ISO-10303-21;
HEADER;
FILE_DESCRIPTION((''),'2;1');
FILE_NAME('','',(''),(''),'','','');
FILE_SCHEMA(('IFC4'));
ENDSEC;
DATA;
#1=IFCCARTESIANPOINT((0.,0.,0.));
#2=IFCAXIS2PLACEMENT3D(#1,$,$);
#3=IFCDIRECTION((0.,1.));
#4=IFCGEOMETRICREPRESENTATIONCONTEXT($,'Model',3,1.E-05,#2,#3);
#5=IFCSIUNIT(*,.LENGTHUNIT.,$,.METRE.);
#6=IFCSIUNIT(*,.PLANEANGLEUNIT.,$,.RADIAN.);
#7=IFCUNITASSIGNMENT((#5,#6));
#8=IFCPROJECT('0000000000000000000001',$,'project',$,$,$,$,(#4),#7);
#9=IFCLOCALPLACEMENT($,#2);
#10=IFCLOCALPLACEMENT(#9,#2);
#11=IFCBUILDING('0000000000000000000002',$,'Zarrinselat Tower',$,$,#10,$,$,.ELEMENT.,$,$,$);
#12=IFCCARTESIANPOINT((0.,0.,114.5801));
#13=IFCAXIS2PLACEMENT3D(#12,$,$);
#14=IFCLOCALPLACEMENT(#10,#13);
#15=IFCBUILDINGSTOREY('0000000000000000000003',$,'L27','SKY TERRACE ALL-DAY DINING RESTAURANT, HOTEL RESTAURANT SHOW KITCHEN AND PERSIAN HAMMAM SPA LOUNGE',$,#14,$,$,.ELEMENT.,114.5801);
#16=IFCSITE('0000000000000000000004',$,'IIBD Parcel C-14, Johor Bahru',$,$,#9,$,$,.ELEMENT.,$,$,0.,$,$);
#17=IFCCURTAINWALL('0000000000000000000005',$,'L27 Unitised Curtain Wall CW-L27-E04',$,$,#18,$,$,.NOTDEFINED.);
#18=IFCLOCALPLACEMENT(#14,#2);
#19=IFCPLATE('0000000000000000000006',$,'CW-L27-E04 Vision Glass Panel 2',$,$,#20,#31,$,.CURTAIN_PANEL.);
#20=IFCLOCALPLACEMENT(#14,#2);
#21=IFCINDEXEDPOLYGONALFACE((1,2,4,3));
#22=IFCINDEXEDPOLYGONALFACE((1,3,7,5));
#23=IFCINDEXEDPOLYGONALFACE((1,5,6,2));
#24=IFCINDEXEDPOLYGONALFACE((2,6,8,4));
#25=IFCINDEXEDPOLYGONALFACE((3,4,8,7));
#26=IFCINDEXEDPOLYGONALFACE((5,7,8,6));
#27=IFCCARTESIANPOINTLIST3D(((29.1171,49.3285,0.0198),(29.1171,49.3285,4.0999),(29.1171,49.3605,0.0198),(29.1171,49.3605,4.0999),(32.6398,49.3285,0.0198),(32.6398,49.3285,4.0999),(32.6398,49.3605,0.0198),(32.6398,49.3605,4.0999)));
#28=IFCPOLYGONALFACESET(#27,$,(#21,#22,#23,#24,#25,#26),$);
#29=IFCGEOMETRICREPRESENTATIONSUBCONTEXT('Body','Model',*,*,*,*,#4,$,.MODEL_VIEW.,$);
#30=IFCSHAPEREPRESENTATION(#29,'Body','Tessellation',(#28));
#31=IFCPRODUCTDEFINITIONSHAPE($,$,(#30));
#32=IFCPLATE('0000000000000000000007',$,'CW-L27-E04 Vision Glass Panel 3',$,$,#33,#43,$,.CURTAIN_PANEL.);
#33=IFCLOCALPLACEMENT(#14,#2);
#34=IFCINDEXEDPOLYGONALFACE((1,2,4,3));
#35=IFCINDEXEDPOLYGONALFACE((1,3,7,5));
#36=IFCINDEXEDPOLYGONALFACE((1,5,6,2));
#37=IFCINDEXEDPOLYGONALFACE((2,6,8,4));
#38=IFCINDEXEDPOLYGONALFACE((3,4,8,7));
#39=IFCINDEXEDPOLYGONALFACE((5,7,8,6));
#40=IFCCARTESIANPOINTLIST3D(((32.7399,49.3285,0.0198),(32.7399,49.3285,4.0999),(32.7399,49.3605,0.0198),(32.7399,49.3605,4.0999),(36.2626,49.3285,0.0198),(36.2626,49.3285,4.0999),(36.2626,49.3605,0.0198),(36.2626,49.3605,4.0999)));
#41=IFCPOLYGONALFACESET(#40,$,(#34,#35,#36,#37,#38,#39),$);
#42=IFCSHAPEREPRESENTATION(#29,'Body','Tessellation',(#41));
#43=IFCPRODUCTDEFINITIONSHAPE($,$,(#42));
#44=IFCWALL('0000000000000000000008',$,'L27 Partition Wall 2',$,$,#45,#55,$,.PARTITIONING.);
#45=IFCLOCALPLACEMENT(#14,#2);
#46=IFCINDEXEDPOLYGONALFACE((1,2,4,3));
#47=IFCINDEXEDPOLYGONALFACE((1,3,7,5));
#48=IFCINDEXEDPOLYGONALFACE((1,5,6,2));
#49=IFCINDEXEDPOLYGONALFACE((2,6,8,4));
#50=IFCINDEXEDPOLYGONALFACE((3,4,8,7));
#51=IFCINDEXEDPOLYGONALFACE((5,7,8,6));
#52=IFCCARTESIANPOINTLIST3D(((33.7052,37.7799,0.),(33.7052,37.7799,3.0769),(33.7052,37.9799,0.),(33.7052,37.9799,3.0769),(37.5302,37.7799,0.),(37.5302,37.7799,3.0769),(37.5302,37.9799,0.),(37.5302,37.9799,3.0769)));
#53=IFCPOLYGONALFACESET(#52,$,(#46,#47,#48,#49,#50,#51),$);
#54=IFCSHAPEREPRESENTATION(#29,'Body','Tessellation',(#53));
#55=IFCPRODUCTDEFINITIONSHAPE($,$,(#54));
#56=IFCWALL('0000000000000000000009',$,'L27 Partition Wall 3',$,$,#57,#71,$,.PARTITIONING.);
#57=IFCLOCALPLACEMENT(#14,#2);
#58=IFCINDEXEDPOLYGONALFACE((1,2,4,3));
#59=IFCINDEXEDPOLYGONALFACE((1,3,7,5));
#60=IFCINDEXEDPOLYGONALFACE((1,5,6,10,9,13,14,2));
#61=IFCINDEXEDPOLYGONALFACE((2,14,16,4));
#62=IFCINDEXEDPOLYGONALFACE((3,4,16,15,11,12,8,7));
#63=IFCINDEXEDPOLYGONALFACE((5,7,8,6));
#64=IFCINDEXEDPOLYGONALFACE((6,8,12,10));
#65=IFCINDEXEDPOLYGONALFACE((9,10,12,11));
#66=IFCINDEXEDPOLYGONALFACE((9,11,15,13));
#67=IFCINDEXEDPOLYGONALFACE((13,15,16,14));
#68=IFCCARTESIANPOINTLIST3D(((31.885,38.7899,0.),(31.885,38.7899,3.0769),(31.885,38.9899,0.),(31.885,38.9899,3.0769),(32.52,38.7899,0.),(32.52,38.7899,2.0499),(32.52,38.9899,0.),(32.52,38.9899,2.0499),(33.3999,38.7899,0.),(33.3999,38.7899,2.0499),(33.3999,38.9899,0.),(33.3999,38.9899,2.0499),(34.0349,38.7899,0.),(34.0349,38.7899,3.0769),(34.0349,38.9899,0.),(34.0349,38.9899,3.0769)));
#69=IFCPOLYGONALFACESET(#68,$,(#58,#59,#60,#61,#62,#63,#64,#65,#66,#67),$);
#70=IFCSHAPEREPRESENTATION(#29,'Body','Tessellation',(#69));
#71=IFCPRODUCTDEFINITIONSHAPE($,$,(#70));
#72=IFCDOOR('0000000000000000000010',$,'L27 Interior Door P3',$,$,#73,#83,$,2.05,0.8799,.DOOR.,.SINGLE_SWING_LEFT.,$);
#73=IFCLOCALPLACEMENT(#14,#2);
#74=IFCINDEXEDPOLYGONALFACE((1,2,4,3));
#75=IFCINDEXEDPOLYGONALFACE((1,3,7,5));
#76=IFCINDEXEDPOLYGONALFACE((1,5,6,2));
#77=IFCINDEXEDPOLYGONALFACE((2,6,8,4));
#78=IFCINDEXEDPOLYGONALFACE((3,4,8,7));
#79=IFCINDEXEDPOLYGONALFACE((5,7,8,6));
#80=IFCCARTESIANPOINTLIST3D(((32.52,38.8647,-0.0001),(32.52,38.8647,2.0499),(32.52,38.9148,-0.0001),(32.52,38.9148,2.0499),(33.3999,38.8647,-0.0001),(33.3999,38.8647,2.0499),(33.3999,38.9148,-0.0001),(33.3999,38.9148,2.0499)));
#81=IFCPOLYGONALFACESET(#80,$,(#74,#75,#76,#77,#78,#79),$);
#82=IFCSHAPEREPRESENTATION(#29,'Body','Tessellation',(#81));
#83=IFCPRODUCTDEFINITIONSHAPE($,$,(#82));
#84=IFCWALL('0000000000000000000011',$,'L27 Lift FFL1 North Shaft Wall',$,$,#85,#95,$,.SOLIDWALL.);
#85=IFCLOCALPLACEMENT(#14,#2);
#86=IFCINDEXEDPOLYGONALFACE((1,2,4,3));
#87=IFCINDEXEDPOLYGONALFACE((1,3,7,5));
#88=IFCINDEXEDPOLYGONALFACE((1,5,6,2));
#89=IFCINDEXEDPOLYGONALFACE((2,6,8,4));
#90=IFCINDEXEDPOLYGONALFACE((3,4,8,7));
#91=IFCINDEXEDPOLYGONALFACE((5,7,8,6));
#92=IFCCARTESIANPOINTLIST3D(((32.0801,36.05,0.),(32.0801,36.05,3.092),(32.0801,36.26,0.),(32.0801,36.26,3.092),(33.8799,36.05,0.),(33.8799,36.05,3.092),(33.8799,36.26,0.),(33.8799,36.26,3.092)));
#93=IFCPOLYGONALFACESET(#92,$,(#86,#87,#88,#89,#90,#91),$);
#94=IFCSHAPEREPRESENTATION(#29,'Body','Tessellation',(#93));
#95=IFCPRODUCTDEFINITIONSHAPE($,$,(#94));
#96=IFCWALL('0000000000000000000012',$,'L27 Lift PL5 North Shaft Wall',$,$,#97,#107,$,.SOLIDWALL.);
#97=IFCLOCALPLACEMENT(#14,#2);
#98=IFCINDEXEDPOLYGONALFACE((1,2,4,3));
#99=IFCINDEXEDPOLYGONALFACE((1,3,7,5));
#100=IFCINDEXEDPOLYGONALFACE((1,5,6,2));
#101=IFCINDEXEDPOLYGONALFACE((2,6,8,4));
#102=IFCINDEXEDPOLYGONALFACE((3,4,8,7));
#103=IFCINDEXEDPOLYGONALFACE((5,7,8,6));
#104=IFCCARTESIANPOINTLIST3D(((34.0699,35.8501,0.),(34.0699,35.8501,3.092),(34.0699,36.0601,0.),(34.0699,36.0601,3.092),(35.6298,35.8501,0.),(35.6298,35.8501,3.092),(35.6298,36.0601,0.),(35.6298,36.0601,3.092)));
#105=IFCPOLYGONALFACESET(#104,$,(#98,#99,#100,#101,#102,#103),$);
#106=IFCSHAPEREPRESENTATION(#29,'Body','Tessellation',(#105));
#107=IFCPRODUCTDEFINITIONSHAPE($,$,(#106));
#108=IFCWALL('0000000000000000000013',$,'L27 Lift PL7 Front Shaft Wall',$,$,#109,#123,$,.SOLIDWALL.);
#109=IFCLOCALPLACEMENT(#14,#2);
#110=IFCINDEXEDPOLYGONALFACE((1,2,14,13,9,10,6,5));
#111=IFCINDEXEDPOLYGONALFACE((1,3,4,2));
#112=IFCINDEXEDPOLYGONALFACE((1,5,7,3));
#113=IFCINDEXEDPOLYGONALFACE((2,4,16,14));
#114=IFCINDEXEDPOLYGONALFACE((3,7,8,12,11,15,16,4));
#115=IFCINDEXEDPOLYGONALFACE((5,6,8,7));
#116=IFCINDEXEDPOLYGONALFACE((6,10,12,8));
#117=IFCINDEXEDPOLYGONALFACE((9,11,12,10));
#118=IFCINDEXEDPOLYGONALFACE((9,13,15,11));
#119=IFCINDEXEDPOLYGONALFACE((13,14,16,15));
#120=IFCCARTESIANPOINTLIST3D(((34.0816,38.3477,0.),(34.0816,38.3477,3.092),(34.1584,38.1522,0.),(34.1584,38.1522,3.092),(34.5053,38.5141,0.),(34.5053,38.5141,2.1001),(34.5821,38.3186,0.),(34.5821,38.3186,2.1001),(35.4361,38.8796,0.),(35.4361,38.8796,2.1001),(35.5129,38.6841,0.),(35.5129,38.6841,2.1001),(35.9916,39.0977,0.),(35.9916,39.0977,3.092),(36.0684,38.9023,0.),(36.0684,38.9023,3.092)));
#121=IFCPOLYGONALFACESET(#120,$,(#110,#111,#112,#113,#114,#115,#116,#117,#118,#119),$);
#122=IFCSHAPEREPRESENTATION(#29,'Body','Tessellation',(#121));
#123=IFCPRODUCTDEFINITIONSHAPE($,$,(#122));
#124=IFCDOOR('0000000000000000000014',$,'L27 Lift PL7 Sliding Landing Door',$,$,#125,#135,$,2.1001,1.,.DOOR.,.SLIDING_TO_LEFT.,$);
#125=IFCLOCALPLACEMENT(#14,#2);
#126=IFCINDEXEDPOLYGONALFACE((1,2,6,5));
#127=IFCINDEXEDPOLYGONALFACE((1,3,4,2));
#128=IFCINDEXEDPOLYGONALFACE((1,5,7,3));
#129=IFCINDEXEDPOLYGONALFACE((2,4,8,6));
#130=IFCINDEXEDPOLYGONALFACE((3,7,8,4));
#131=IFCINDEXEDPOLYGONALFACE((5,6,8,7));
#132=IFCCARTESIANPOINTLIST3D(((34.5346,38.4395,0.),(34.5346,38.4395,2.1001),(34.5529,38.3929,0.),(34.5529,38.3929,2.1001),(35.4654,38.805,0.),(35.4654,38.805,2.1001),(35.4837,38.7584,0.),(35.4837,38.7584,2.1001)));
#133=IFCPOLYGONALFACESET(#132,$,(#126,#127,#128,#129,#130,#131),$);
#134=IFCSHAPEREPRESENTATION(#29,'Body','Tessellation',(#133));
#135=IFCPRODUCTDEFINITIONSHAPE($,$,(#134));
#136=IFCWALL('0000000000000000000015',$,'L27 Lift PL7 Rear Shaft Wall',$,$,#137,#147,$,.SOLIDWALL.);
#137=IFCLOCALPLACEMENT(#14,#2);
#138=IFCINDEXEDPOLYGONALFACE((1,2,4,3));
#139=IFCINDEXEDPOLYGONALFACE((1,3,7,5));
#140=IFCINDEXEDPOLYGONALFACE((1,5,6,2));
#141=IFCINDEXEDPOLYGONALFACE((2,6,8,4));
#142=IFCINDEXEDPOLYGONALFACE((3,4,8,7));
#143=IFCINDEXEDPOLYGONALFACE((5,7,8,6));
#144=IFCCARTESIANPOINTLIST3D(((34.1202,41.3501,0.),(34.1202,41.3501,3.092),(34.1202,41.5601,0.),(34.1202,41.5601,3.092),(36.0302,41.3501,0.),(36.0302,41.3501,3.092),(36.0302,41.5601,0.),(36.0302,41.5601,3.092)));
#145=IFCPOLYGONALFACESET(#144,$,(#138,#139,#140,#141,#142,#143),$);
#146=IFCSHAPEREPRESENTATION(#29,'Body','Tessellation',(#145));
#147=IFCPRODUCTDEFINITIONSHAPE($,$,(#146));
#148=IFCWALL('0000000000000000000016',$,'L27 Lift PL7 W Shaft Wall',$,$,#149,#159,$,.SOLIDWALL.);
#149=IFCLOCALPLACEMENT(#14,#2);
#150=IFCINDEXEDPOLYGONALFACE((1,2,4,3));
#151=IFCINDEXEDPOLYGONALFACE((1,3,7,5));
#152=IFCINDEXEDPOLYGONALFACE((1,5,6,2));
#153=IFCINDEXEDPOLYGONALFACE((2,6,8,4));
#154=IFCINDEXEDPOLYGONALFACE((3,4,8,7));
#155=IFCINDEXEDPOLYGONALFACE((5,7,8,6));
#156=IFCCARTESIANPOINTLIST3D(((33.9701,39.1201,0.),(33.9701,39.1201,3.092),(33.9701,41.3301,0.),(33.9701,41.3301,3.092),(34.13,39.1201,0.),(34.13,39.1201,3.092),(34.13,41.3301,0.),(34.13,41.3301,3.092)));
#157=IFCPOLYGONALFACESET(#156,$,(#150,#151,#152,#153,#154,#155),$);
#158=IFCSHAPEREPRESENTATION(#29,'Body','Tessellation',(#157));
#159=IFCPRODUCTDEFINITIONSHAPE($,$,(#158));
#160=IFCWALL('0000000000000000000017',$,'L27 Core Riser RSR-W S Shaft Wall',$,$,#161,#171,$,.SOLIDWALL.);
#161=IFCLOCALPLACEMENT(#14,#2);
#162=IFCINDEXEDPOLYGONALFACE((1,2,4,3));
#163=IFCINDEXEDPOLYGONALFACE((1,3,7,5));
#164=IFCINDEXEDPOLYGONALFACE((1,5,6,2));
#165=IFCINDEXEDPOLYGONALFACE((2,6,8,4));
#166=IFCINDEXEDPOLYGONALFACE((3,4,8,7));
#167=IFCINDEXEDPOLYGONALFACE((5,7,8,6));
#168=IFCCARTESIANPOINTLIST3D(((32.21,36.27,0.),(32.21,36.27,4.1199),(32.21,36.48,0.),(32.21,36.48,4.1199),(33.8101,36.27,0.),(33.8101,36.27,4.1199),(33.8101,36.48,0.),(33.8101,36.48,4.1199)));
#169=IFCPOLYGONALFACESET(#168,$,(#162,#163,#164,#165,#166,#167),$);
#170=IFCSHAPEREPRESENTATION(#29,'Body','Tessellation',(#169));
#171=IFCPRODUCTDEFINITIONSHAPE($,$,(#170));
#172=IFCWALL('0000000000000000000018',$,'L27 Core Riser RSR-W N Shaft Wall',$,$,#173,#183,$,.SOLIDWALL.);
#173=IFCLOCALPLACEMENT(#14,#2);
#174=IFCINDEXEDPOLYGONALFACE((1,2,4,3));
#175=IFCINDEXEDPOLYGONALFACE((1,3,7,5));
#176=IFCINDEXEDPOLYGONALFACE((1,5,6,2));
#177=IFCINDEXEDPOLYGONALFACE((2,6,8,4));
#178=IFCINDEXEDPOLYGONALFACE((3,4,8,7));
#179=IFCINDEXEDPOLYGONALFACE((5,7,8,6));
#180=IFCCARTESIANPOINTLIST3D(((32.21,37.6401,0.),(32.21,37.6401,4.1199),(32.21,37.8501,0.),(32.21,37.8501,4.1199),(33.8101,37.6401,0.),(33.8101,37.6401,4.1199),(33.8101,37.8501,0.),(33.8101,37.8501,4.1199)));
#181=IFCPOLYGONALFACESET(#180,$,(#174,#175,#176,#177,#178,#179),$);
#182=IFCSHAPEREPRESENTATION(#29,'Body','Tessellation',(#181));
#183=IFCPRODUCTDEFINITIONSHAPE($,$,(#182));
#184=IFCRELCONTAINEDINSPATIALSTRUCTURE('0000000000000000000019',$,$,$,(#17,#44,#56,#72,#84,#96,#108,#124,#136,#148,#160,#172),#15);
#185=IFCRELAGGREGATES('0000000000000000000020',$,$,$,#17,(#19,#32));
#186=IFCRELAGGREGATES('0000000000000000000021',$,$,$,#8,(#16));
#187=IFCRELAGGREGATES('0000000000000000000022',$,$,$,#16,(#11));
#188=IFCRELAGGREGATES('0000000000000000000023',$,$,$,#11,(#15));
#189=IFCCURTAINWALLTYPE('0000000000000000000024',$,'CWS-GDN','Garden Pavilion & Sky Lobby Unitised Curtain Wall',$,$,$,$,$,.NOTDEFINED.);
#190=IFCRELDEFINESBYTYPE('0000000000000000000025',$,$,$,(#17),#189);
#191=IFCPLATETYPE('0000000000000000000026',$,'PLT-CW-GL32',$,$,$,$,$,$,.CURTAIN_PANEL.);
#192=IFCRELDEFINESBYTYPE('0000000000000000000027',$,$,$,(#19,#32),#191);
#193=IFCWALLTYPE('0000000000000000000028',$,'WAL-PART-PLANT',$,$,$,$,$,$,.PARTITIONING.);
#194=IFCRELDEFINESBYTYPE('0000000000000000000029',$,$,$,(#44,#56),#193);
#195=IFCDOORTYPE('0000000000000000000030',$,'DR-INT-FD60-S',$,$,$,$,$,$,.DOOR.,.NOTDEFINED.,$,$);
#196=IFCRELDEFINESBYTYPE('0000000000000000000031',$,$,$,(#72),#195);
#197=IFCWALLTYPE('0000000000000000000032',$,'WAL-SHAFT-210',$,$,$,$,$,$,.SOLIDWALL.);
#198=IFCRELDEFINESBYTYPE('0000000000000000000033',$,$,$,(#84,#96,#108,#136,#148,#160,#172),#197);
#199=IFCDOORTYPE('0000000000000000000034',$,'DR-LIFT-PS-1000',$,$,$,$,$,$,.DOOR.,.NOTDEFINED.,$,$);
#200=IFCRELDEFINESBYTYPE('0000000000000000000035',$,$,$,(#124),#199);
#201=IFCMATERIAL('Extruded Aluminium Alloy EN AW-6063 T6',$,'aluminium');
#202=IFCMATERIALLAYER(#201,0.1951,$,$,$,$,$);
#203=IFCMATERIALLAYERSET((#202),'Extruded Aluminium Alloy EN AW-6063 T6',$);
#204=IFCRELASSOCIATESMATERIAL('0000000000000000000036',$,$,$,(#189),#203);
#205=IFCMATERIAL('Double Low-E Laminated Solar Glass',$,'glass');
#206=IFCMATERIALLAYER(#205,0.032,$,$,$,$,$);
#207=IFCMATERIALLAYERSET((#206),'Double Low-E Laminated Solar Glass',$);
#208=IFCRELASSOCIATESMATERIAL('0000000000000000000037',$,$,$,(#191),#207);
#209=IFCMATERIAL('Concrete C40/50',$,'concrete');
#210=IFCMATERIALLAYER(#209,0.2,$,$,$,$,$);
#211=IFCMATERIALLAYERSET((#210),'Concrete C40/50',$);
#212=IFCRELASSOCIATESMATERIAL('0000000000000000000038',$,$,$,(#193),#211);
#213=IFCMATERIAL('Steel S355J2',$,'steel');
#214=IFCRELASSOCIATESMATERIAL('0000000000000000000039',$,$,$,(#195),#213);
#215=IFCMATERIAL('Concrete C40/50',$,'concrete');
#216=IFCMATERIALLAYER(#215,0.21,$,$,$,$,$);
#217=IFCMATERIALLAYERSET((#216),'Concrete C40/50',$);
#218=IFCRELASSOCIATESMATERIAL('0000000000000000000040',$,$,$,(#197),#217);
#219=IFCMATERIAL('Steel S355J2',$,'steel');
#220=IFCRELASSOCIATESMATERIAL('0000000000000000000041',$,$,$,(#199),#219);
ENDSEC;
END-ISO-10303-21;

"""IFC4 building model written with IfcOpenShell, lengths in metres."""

from ifc_helpers import new_model, si_unit, direction, frame, frame_2d, origin, origin_2d, place, context, subcontext, project, spatial, rectangle, extrude, material, layer, layer_set, type_object, element, fill, aggregate, save


model = new_model("IFC4")

# Units and contexts
model_context = context("Model", 3, precision=1e-05, world=origin(), true_north=direction((0.0, 1.0)))
body_context = subcontext(model_context, "Body", "Model", "MODEL_VIEW")
ifc_project = project(units=[si_unit("LENGTHUNIT", "METRE"), si_unit("PLANEANGLEUNIT", "RADIAN")], contexts=[model_context])

# Site, building, storey
site_placement = place(None, origin())
site = spatial("IfcSite", under=ifc_project, at=site_placement, Name="IIBD Parcel C-14, Johor Bahru", CompositionType="ELEMENT", RefElevation=0.0)
building_placement = place(site_placement, origin())
building = spatial("IfcBuilding", under=site, at=building_placement, Name="Zarrinselat Tower", CompositionType="ELEMENT")
storey_placement = place(building_placement, frame((0.0, 0.0, 114.5801)))
storey = spatial("IfcBuildingStorey", under=building, at=storey_placement, Name="L27", Description="SKY TERRACE ALL-DAY DINING RESTAURANT, HOTEL RESTAURANT SHOW KITCHEN AND PERSIAN HAMMAM SPA LOUNGE", CompositionType="ELEMENT", Elevation=114.5801)

# Curtain wall, plates
ifc_material_1 = material(Name="Extruded Aluminium Alloy EN AW-6063 T6", Category="aluminium")
ifc_layer_1 = layer(ifc_material_1, 0.1951)
ifc_layer_set_1 = layer_set([ifc_layer_1], Name="Extruded Aluminium Alloy EN AW-6063 T6")
curtain_wall_type = type_object("IfcCurtainWallType", Name="CWS-GDN", Description="Garden Pavilion & Sky Lobby Unitised Curtain Wall", PredefinedType="NOTDEFINED", material=ifc_layer_set_1)
curtain_wall_placement = place(storey_placement, origin())
curtain_wall = element("IfcCurtainWall", 1, at=curtain_wall_placement, inside=storey, type_object=curtain_wall_type, Name="L27 Unitised Curtain Wall CW-L27-E04", PredefinedType="NOTDEFINED")
ifc_material_2 = material(Name="Double Low-E Laminated Solar Glass", Category="glass")
ifc_layer_2 = layer(ifc_material_2, 0.032)
ifc_layer_set_2 = layer_set([ifc_layer_2], Name="Double Low-E Laminated Solar Glass")
plate_type = type_object("IfcPlateType", Name="PLT-CW-GL32", PredefinedType="CURTAIN_PANEL", material=ifc_layer_set_2)
plate_1_placement = place(storey_placement, frame((30.8784, 49.3445, 0.0198), z_axis=(0.0, 0.0, 1.0), x_axis=(1.0, 0.0, 0.0)))
plate_1 = element("IfcPlate", 2, at=plate_1_placement, type_object=plate_type, Name="CW-L27-E04 Vision Glass Panel 2", PredefinedType="CURTAIN_PANEL", context=body_context, shape_type="SweptSolid", body=[
    extrude(rectangle(XDim=3.5227, YDim=0.032, at=origin_2d()), origin(), (0.0, 0.0, 1.0), 4.0801),
])
plate_2_placement = place(storey_placement, frame((34.5012, 49.3445, 0.0198), z_axis=(0.0, 0.0, 1.0), x_axis=(1.0, 0.0, 0.0)))
plate_2 = element("IfcPlate", 3, at=plate_2_placement, type_object=plate_type, Name="CW-L27-E04 Vision Glass Panel 3", PredefinedType="CURTAIN_PANEL", context=body_context, shape_type="SweptSolid", body=[
    extrude(rectangle(XDim=3.5227, YDim=0.032, at=origin_2d()), origin(), (0.0, 0.0, 1.0), 4.0801),
])
aggregate(curtain_wall, [plate_1, plate_2])

# Wall
ifc_material_3 = material(Name="Concrete C40/50", Category="concrete")
ifc_layer_3 = layer(ifc_material_3, 0.2)
ifc_layer_set_3 = layer_set([ifc_layer_3], Name="Concrete C40/50")
wall_type_1 = type_object("IfcWallType", Name="WAL-PART-PLANT", PredefinedType="PARTITIONING", material=ifc_layer_set_3)
wall_1_placement = place(storey_placement, frame((33.7051, 37.8799, 0.0), z_axis=(0.0, 0.0, 1.0), x_axis=(1.0, 0.0, 0.0)))
element("IfcWall", 4, at=wall_1_placement, inside=storey, type_object=wall_type_1, Name="L27 Partition Wall 2", PredefinedType="PARTITIONING", context=body_context, shape_type="SweptSolid", body=[
    extrude(rectangle(XDim=3.825, YDim=0.2, at=frame_2d((1.9126, 0.0))), origin(), (0.0, 0.0, 1.0), 3.0769),
])

# Wall, opening, door
wall_2_placement = place(storey_placement, frame((31.885, 38.8899, 0.0), z_axis=(0.0, 0.0, 1.0), x_axis=(1.0, 0.0, 0.0)))
wall_2 = element("IfcWall", 5, at=wall_2_placement, inside=storey, type_object=wall_type_1, Name="L27 Partition Wall 3", PredefinedType="PARTITIONING", context=body_context, shape_type="SweptSolid", body=[
    extrude(rectangle(XDim=2.1499, YDim=0.2, at=frame_2d((1.075, 0.0))), origin(), (0.0, 0.0, 1.0), 3.0769),
])
opening_1_placement = place(wall_2_placement, frame((0.635, 0.0, 0.0)))
opening_1 = element("IfcOpeningElement", 6, at=opening_1_placement, cuts=wall_2, PredefinedType="OPENING", context=body_context, shape_type="SweptSolid", body=[
    extrude(rectangle(XDim=0.8799, YDim=2.05, at=frame_2d((0.4399, 1.0249))), frame((0.0, 0.1099, 0.0), z_axis=(0.0, -1.0, 0.0), x_axis=(1.0, 0.0, 0.0)), (0.0, 0.0, 1.0), 0.22),
])
ifc_material_4 = material(Name="Steel S355J2", Category="steel")
door_type_1 = type_object("IfcDoorType", Name="DR-INT-FD60-S", OperationType="NOTDEFINED", PredefinedType="DOOR", material=ifc_material_4)
door_1_placement = place(opening_1_placement, origin())
door_1 = element("IfcDoor", 7, at=door_1_placement, inside=storey, type_object=door_type_1, Name="L27 Interior Door P3", OperationType="SINGLE_SWING_LEFT", OverallHeight=2.05, OverallWidth=0.8799, PredefinedType="DOOR", context=body_context, shape_type="SweptSolid", body=[
    extrude(rectangle(XDim=0.8799, YDim=2.05, at=frame_2d((0.4399, 1.0249))), frame((0.0, 0.0249, 0.0), z_axis=(0.0, -1.0, 0.0), x_axis=(1.0, 0.0, 0.0)), (0.0, 0.0, 1.0), 0.05),
])
fill(opening_1, door_1)

# Walls
ifc_material_5 = material(Name="Concrete C40/50", Category="concrete")
ifc_layer_4 = layer(ifc_material_5, 0.21)
ifc_layer_set_4 = layer_set([ifc_layer_4], Name="Concrete C40/50")
wall_type_2 = type_object("IfcWallType", Name="WAL-SHAFT-210", PredefinedType="SOLIDWALL", material=ifc_layer_set_4)
wall_3_placement = place(storey_placement, frame((32.0801, 36.155, 0.0), z_axis=(0.0, 0.0, 1.0), x_axis=(1.0, 0.0, 0.0)))
element("IfcWall", 8, at=wall_3_placement, inside=storey, type_object=wall_type_2, Name="L27 Lift FFL1 North Shaft Wall", PredefinedType="SOLIDWALL", context=body_context, shape_type="SweptSolid", body=[
    extrude(rectangle(XDim=1.7998, YDim=0.21, at=frame_2d((0.8999, 0.0))), origin(), (0.0, 0.0, 1.0), 3.092),
])
wall_4_placement = place(storey_placement, frame((34.0701, 35.9551, 0.0), z_axis=(0.0, 0.0, 1.0), x_axis=(1.0, 0.0, 0.0)))
element("IfcWall", 9, at=wall_4_placement, inside=storey, type_object=wall_type_2, Name="L27 Lift PL5 North Shaft Wall", PredefinedType="SOLIDWALL", context=body_context, shape_type="SweptSolid", body=[
    extrude(rectangle(XDim=1.5598, YDim=0.21, at=frame_2d((0.7798, 0.0))), origin(), (0.0, 0.0, 1.0), 3.092),
])

# Wall, opening, door
wall_5_placement = place(storey_placement, frame((34.1201, 38.25, 0.0), z_axis=(0.0, 0.0, 1.0), x_axis=(0.930805, 0.365516, 0.0)))
wall_5 = element("IfcWall", 10, at=wall_5_placement, inside=storey, type_object=wall_type_2, Name="L27 Lift PL7 Front Shaft Wall", PredefinedType="SOLIDWALL", context=body_context, shape_type="SweptSolid", body=[
    extrude(rectangle(XDim=2.052, YDim=0.21, at=frame_2d((1.0259, 0.0))), origin(), (0.0, 0.0, 1.0), 3.092),
])
opening_2_placement = place(wall_5_placement, frame((0.4551, 0.0, 0.0)))
opening_2 = element("IfcOpeningElement", 11, at=opening_2_placement, cuts=wall_5, PredefinedType="OPENING", context=body_context, shape_type="SweptSolid", body=[
    extrude(rectangle(XDim=1.0, YDim=2.1001, at=frame_2d((0.5, 1.05))), frame((0.0, 0.115, 0.0), z_axis=(0.0, -1.0, 0.0), x_axis=(1.0, 0.0, 0.0)), (0.0, 0.0, 1.0), 0.23),
])
ifc_material_6 = material(Name="Steel S355J2", Category="steel")
door_type_2 = type_object("IfcDoorType", Name="DR-LIFT-PS-1000", OperationType="NOTDEFINED", PredefinedType="DOOR", material=ifc_material_6)
door_2_placement = place(opening_2_placement, origin())
door_2 = element("IfcDoor", 12, at=door_2_placement, inside=storey, type_object=door_type_2, Name="L27 Lift PL7 Sliding Landing Door", OperationType="SLIDING_TO_LEFT", OverallHeight=2.1001, OverallWidth=1.0, PredefinedType="DOOR", context=body_context, shape_type="SweptSolid", body=[
    extrude(rectangle(XDim=1.0, YDim=2.1001, at=frame_2d((0.5, 1.05))), frame((0.0, 0.0249, 0.0), z_axis=(0.0, -1.0, 0.0), x_axis=(1.0, 0.0, 0.0)), (0.0, 0.0, 1.0), 0.05),
])
fill(opening_2, door_2)

# Walls
wall_6_placement = place(storey_placement, frame((34.1201, 41.4551, 0.0), z_axis=(0.0, 0.0, 1.0), x_axis=(1.0, 0.0, 0.0)))
element("IfcWall", 13, at=wall_6_placement, inside=storey, type_object=wall_type_2, Name="L27 Lift PL7 Rear Shaft Wall", PredefinedType="SOLIDWALL", context=body_context, shape_type="SweptSolid", body=[
    extrude(rectangle(XDim=1.9099, YDim=0.21, at=frame_2d((0.9551, 0.0))), origin(), (0.0, 0.0, 1.0), 3.092),
])
wall_7_placement = place(storey_placement, frame((34.05, 39.1201, 0.0), z_axis=(0.0, 0.0, 1.0), x_axis=(0.0, 1.0, 0.0)))
element("IfcWall", 14, at=wall_7_placement, inside=storey, type_object=wall_type_2, Name="L27 Lift PL7 W Shaft Wall", PredefinedType="SOLIDWALL", context=body_context, shape_type="SweptSolid", body=[
    extrude(rectangle(XDim=2.21, YDim=0.1599, at=frame_2d((1.105, 0.0))), origin(), (0.0, 0.0, 1.0), 3.092),
])
for number, where, z_axis, x_axis, name in (
    (15, (32.21, 36.375, 0.0), (0.0, 0.0, 1.0), (1.0, 0.0, 0.0), "L27 Core Riser RSR-W S Shaft Wall"),
    (16, (32.21, 37.7451, 0.0), (0.0, 0.0, 1.0), (1.0, 0.0, 0.0), "L27 Core Riser RSR-W N Shaft Wall"),
):
    element("IfcWall", number, at=place(storey_placement, frame(where, z_axis=z_axis, x_axis=x_axis)), inside=storey, type_object=wall_type_2, Name=name, PredefinedType="SOLIDWALL", context=body_context, shape_type="SweptSolid", body=[
        extrude(rectangle(XDim=1.6001, YDim=0.21, at=frame_2d((0.8, 0.0))), origin(), (0.0, 0.0, 1.0), 4.1199),
    ])

save(model, "model.ifc")
